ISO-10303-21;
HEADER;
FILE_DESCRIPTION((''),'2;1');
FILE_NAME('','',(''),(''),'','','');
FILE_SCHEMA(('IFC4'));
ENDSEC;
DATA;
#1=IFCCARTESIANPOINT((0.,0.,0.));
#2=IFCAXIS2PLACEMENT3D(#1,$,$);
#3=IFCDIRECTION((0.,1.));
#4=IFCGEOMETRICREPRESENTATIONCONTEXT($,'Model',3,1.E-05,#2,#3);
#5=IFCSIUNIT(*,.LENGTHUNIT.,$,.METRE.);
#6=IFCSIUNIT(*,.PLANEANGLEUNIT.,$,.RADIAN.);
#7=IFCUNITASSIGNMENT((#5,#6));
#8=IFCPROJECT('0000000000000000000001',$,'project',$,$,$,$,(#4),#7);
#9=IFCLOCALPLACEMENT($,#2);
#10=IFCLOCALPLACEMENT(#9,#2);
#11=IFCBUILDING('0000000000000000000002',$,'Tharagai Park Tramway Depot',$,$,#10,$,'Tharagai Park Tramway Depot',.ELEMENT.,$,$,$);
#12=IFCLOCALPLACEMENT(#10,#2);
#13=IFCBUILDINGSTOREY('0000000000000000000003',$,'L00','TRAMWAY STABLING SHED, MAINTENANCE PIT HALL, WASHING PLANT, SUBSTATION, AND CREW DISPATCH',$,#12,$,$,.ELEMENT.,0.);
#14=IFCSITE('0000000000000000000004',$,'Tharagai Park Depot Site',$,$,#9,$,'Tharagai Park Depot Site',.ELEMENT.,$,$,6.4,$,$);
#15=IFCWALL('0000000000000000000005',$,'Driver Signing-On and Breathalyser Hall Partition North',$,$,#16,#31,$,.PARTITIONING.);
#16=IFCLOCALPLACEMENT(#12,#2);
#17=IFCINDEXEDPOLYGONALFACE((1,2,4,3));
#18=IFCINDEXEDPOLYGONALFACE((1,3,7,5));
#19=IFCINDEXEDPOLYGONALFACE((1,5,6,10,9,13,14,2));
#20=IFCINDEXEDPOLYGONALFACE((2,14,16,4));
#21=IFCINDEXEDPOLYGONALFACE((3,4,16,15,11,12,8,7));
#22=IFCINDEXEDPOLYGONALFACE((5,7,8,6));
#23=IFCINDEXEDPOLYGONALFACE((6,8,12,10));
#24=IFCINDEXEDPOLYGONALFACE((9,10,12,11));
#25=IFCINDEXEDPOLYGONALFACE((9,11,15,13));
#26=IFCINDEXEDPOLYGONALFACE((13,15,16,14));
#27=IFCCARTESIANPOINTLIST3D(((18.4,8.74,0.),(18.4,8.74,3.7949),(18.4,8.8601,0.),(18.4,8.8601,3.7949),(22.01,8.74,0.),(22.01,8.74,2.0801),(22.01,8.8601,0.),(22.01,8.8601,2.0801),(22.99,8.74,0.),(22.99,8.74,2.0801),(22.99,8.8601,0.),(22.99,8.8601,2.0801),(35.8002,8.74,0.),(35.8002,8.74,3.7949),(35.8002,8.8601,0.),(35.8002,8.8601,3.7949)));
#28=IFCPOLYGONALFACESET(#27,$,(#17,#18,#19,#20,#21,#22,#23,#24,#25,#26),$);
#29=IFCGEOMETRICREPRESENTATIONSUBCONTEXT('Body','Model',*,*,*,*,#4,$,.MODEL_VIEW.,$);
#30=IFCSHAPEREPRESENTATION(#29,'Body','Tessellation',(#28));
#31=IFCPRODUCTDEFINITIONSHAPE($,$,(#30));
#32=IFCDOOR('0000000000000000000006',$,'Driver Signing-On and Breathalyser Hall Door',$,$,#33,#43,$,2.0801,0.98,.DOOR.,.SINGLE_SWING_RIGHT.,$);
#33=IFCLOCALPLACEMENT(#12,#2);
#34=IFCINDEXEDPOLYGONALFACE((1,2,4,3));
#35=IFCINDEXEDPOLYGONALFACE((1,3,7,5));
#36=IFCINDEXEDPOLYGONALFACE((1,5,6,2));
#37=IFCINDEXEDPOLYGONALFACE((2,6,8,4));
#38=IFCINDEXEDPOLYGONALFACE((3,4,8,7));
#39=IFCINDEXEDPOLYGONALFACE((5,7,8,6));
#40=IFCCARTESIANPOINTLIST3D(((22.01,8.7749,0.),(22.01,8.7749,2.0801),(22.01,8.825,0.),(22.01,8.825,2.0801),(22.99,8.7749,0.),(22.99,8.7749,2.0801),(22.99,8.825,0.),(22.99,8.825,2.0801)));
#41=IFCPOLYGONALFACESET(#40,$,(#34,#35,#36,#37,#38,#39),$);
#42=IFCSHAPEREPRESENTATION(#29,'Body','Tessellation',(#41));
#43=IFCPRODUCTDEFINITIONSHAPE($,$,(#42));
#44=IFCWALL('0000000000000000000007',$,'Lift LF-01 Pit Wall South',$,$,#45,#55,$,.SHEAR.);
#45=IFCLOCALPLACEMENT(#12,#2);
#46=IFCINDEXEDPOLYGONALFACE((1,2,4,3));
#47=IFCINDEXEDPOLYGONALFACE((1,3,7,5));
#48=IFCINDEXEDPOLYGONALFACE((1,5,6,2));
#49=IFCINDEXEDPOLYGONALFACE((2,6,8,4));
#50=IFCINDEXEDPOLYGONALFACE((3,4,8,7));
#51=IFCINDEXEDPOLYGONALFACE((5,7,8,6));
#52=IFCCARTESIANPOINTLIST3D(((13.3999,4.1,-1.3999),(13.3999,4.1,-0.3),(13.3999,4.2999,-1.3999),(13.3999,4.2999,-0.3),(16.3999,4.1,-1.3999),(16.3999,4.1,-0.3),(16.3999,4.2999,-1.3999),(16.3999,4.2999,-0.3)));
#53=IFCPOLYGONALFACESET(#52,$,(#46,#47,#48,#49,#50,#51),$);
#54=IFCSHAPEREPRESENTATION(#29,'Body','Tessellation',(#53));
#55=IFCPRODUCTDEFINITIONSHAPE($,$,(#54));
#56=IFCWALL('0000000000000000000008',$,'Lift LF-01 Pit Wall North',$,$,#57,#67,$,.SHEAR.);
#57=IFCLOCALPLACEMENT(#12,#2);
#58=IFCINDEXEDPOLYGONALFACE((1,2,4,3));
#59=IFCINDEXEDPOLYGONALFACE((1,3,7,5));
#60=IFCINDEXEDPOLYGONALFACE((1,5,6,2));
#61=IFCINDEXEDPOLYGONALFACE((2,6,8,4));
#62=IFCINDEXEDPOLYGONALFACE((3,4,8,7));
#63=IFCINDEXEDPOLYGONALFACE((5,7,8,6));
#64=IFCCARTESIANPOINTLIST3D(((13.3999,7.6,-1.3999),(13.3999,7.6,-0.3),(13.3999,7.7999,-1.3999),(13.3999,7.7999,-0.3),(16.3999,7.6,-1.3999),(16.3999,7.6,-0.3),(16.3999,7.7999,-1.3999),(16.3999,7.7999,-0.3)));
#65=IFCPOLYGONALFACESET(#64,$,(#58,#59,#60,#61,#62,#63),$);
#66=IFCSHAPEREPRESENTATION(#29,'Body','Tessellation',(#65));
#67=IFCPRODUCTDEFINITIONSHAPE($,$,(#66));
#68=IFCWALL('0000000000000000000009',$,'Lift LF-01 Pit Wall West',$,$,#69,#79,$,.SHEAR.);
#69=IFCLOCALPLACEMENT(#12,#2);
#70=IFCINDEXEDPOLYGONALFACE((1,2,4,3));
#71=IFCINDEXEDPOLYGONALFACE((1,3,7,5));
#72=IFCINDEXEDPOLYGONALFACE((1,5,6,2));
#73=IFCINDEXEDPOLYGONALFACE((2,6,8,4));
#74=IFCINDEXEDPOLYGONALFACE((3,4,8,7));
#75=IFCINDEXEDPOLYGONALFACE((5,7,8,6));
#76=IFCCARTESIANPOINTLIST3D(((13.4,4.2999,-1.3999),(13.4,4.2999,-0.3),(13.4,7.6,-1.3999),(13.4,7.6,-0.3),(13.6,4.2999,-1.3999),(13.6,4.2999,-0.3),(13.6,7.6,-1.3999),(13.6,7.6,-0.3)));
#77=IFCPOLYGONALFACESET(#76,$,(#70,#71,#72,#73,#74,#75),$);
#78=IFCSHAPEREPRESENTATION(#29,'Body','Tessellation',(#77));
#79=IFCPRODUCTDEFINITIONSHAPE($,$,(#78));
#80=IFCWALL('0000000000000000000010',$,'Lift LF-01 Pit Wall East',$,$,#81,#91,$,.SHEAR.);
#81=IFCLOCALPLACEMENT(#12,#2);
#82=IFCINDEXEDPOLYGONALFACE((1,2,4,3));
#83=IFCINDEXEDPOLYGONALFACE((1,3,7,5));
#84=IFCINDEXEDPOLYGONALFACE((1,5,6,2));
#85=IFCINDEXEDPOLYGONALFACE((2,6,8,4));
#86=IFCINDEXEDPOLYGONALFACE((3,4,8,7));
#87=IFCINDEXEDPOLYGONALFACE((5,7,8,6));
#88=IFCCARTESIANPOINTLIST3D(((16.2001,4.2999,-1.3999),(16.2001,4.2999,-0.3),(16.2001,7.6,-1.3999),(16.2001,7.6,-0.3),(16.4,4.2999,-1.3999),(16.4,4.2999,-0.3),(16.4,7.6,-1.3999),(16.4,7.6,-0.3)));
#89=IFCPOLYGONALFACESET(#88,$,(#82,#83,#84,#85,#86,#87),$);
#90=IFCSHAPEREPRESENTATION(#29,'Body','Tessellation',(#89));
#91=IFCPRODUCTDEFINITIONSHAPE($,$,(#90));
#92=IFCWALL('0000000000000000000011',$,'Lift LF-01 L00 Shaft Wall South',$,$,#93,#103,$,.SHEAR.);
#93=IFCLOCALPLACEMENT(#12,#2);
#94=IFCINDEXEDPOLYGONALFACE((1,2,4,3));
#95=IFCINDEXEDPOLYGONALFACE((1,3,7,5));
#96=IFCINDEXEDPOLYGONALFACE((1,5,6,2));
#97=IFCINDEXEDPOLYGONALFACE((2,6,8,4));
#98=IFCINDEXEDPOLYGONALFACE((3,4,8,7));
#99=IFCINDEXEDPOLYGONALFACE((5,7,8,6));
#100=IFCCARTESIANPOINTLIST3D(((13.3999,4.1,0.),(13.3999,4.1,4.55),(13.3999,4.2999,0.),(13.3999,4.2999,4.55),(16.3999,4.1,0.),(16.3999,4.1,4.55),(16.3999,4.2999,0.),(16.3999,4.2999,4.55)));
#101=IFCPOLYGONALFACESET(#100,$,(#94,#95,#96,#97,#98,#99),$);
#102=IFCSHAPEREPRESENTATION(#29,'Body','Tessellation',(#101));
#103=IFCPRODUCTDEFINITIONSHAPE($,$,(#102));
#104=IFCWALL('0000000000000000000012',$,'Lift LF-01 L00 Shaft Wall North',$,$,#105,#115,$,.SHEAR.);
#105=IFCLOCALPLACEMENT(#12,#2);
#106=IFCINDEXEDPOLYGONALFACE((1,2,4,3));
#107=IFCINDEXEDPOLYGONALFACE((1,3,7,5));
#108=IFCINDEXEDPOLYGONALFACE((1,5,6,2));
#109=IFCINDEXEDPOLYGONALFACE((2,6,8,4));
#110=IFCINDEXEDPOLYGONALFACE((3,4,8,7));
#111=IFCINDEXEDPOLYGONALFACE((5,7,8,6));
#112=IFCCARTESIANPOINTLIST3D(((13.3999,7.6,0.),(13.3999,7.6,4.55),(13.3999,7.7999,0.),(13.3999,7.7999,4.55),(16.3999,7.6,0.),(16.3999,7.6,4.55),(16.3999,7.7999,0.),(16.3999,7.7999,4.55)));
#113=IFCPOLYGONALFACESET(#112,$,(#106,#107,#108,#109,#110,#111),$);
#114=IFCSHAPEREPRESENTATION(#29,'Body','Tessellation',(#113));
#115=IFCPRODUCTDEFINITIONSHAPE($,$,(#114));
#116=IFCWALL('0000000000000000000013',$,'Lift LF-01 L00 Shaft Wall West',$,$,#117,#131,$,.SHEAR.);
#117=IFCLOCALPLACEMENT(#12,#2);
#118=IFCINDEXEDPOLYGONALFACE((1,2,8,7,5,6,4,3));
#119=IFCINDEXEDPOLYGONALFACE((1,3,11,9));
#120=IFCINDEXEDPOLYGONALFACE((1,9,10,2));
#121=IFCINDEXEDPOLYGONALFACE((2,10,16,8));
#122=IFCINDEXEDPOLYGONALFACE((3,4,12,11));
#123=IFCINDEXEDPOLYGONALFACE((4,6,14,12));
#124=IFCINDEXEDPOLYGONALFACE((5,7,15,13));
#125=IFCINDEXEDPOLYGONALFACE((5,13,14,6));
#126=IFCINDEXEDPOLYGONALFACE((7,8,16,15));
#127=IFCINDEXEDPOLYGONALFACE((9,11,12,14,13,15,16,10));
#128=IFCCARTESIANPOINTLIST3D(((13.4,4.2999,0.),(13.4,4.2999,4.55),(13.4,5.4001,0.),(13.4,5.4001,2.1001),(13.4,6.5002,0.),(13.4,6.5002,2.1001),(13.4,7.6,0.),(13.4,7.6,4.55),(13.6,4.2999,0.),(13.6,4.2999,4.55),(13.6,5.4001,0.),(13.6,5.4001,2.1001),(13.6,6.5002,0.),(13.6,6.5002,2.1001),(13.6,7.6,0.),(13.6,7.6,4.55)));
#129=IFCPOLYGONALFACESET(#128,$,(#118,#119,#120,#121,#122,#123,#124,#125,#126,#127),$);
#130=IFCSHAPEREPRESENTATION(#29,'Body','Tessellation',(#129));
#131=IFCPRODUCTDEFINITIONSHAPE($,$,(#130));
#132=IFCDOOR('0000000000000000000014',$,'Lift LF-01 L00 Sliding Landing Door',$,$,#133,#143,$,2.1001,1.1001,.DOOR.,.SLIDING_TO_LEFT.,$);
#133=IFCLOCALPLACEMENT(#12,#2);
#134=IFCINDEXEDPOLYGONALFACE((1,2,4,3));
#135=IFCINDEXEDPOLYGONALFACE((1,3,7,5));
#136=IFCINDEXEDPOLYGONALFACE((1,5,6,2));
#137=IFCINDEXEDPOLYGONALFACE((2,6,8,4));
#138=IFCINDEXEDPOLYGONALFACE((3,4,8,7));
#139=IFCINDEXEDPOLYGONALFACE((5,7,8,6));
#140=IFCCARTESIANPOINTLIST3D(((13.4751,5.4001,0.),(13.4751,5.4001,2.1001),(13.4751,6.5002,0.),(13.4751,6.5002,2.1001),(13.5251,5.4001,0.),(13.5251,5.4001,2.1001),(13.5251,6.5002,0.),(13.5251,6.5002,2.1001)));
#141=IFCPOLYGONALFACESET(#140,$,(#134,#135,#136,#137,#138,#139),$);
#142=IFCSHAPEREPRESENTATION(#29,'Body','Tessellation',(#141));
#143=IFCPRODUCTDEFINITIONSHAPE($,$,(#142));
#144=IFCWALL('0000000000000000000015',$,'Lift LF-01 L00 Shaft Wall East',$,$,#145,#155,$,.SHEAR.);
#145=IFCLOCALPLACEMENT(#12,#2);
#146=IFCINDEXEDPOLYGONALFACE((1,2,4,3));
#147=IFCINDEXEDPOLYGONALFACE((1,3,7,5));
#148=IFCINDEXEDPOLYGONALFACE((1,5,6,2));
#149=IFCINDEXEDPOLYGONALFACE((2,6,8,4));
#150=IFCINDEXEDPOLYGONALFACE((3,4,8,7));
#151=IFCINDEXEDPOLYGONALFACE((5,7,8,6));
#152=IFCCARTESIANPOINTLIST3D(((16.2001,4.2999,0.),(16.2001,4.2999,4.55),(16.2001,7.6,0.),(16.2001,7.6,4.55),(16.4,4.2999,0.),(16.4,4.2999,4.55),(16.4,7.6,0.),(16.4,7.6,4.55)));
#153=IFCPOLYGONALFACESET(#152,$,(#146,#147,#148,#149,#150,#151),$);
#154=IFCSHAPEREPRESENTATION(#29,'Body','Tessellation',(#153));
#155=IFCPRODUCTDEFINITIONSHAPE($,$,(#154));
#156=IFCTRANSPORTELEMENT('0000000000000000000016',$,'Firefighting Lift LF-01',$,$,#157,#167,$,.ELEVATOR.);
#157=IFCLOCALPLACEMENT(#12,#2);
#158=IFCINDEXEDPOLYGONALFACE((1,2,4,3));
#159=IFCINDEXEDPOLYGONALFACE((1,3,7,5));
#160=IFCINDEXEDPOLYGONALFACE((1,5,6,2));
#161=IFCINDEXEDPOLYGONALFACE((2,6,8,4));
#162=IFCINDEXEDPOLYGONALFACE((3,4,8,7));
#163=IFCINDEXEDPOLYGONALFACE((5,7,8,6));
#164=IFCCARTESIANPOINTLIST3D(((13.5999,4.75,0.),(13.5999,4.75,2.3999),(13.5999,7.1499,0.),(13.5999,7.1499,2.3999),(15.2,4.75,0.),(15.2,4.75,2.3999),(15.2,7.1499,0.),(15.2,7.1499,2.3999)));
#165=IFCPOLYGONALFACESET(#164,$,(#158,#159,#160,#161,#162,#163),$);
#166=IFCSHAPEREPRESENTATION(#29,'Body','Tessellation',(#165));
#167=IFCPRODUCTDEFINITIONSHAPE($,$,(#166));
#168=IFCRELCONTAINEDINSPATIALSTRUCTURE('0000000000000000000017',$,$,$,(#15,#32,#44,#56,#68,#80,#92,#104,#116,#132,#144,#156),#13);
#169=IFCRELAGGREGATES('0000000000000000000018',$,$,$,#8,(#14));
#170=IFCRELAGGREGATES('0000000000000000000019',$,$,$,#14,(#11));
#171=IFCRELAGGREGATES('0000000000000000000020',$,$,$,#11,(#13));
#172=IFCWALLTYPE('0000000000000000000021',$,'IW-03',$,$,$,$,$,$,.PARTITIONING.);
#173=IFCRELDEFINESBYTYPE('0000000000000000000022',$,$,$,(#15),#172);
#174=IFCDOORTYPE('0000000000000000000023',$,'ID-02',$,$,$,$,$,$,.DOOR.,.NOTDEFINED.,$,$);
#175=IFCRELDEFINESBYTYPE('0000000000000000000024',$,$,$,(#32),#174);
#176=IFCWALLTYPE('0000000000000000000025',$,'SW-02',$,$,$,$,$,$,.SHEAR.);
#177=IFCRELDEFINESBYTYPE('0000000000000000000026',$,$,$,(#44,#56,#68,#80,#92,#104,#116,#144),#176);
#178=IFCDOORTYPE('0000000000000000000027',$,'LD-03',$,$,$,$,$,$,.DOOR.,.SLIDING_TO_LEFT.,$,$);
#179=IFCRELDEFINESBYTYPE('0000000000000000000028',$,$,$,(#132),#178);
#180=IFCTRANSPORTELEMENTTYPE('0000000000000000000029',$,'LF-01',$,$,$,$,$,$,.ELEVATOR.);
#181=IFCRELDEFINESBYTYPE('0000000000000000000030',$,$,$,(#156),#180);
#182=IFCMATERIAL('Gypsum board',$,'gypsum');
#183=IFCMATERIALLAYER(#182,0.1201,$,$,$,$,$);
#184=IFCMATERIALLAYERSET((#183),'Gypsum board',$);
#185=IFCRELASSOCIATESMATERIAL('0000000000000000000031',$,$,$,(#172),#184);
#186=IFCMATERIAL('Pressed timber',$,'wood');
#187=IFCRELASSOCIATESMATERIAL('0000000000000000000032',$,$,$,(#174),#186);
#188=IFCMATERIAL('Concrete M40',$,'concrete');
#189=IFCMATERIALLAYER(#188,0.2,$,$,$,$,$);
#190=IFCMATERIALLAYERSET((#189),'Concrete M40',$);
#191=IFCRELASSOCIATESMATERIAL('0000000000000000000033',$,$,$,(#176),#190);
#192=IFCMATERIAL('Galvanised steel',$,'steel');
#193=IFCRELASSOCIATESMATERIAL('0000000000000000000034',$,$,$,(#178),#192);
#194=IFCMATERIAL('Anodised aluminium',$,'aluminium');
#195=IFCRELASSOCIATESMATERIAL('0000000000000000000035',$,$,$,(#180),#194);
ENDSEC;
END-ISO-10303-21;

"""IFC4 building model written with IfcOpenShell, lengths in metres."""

from ifc_helpers import new_model, si_unit, direction, frame, frame_2d, origin, origin_2d, place, context, subcontext, project, spatial, rectangle, extrude, material, layer, layer_set, type_object, element, fill, save


model = new_model("IFC4")

# Units and contexts
model_context = context("Model", 3, precision=1e-05, world=origin(), true_north=direction((0.0, 1.0)))
body_context = subcontext(model_context, "Body", "Model", "MODEL_VIEW")
ifc_project = project(units=[si_unit("LENGTHUNIT", "METRE"), si_unit("PLANEANGLEUNIT", "RADIAN")], contexts=[model_context])

# Site, building, storey
site_placement = place(None, origin())
site = spatial("IfcSite", under=ifc_project, at=site_placement, Name="Tharagai Park Depot Site", LongName="Tharagai Park Depot Site", CompositionType="ELEMENT", RefElevation=6.4)
building_placement = place(site_placement, origin())
building = spatial("IfcBuilding", under=site, at=building_placement, Name="Tharagai Park Tramway Depot", LongName="Tharagai Park Tramway Depot", CompositionType="ELEMENT")
storey_placement = place(building_placement, origin())
storey = spatial("IfcBuildingStorey", under=building, at=storey_placement, Name="L00", Description="TRAMWAY STABLING SHED, MAINTENANCE PIT HALL, WASHING PLANT, SUBSTATION, AND CREW DISPATCH", CompositionType="ELEMENT", Elevation=0.0)

# Shared definitions
ifc_material_1 = material(Name="Concrete M40", Category="concrete")

# Shared definitions
ifc_material_2 = material(Name="Galvanised steel", Category="steel")

# Wall, opening, door
ifc_material_3 = material(Name="Gypsum board", Category="gypsum")
ifc_layer_1 = layer(ifc_material_3, 0.1201)
ifc_layer_set_1 = layer_set([ifc_layer_1], Name="Gypsum board")
wall_type_1 = type_object("IfcWallType", Name="IW-03", PredefinedType="PARTITIONING", material=ifc_layer_set_1)
wall_1_placement = place(storey_placement, frame((18.3999, 8.8, 0.0), z_axis=(0.0, 0.0, 1.0), x_axis=(1.0, 0.0, 0.0)))
wall_1 = element("IfcWall", 1, at=wall_1_placement, inside=storey, type_object=wall_type_1, Name="Driver Signing-On and Breathalyser Hall Partition North", PredefinedType="PARTITIONING", context=body_context, shape_type="SweptSolid", body=[
    extrude(rectangle(XDim=17.4001, YDim=0.1201, at=frame_2d((8.7002, 0.0))), origin(), (0.0, 0.0, 1.0), 3.7949),
])
opening_1_placement = place(wall_1_placement, frame((3.6101, 0.0, 0.0)))
opening_1 = element("IfcOpeningElement", 2, at=opening_1_placement, cuts=wall_1, PredefinedType="OPENING", context=body_context, shape_type="SweptSolid", body=[
    extrude(rectangle(XDim=0.98, YDim=2.0801, at=frame_2d((0.49, 1.04))), frame((0.0, 0.0701, 0.0), z_axis=(0.0, -1.0, 0.0), x_axis=(1.0, 0.0, 0.0)), (0.0, 0.0, 1.0), 0.1401),
])
ifc_material_4 = material(Name="Pressed timber", Category="wood")
door_type_1 = type_object("IfcDoorType", Name="ID-02", OperationType="NOTDEFINED", PredefinedType="DOOR", material=ifc_material_4)
door_1_placement = place(opening_1_placement, origin())
door_1 = element("IfcDoor", 3, at=door_1_placement, inside=storey, type_object=door_type_1, Name="Driver Signing-On and Breathalyser Hall Door", OperationType="SINGLE_SWING_RIGHT", OverallHeight=2.0801, OverallWidth=0.98, PredefinedType="DOOR", context=body_context, shape_type="SweptSolid", body=[
    extrude(rectangle(XDim=0.98, YDim=2.0801, at=frame_2d((0.49, 1.04))), frame((0.0, 0.0249, 0.0), z_axis=(0.0, -1.0, 0.0), x_axis=(1.0, 0.0, 0.0)), (0.0, 0.0, 1.0), 0.05),
])
fill(opening_1, door_1)

# Walls
ifc_layer_2 = layer(ifc_material_1, 0.2)
ifc_layer_set_2 = layer_set([ifc_layer_2], Name="Concrete M40")
wall_type_2 = type_object("IfcWallType", Name="SW-02", PredefinedType="SHEAR", material=ifc_layer_set_2)
for number, where, z_axis, x_axis, name in (
    (4, (13.3999, 4.2, -1.3999), (0.0, 0.0, 1.0), (1.0, 0.0, 0.0), "Lift LF-01 Pit Wall South"),
    (5, (13.3999, 7.7, -1.3999), (0.0, 0.0, 1.0), (1.0, 0.0, 0.0), "Lift LF-01 Pit Wall North"),
):
    element("IfcWall", number, at=place(storey_placement, frame(where, z_axis=z_axis, x_axis=x_axis)), inside=storey, type_object=wall_type_2, Name=name, PredefinedType="SHEAR", context=body_context, shape_type="SweptSolid", body=[
        extrude(rectangle(XDim=3.0, YDim=0.2, at=frame_2d((1.5, 0.0))), origin(), (0.0, 0.0, 1.0), 1.0999),
    ])
for number, where, z_axis, x_axis, name in (
    (6, (13.5, 4.3, -1.3999), (0.0, 0.0, 1.0), (0.0, 1.0, 0.0), "Lift LF-01 Pit Wall West"),
    (7, (16.3, 4.3, -1.3999), (0.0, 0.0, 1.0), (0.0, 1.0, 0.0), "Lift LF-01 Pit Wall East"),
):
    element("IfcWall", number, at=place(storey_placement, frame(where, z_axis=z_axis, x_axis=x_axis)), inside=storey, type_object=wall_type_2, Name=name, PredefinedType="SHEAR", context=body_context, shape_type="SweptSolid", body=[
        extrude(rectangle(XDim=3.3, YDim=0.2, at=frame_2d((1.6499, 0.0))), origin(), (0.0, 0.0, 1.0), 1.0999),
    ])
for number, where, z_axis, x_axis, name in (
    (8, (13.3999, 4.2, 0.0), (0.0, 0.0, 1.0), (1.0, 0.0, 0.0), "Lift LF-01 L00 Shaft Wall South"),
    (9, (13.3999, 7.7, 0.0), (0.0, 0.0, 1.0), (1.0, 0.0, 0.0), "Lift LF-01 L00 Shaft Wall North"),
):
    element("IfcWall", number, at=place(storey_placement, frame(where, z_axis=z_axis, x_axis=x_axis)), inside=storey, type_object=wall_type_2, Name=name, PredefinedType="SHEAR", context=body_context, shape_type="SweptSolid", body=[
        extrude(rectangle(XDim=3.0, YDim=0.2, at=frame_2d((1.5, 0.0))), origin(), (0.0, 0.0, 1.0), 4.55),
    ])

# Wall, opening, door
wall_2_placement = place(storey_placement, frame((13.5, 4.3, 0.0), z_axis=(0.0, 0.0, 1.0), x_axis=(0.0, 1.0, 0.0)))
wall_2 = element("IfcWall", 10, at=wall_2_placement, inside=storey, type_object=wall_type_2, Name="Lift LF-01 L00 Shaft Wall West", PredefinedType="SHEAR", context=body_context, shape_type="SweptSolid", body=[
    extrude(rectangle(XDim=3.3, YDim=0.2, at=frame_2d((1.6499, 0.0))), origin(), (0.0, 0.0, 1.0), 4.55),
])
opening_2_placement = place(wall_2_placement, frame((1.1001, 0.0, 0.0)))
opening_2 = element("IfcOpeningElement", 11, at=opening_2_placement, cuts=wall_2, PredefinedType="OPENING", context=body_context, shape_type="SweptSolid", body=[
    extrude(rectangle(XDim=1.1001, YDim=2.1001, at=frame_2d((0.55, 1.05))), frame((0.0, 0.1099, 0.0), z_axis=(0.0, -1.0, 0.0), x_axis=(1.0, 0.0, 0.0)), (0.0, 0.0, 1.0), 0.22),
])
door_type_2 = type_object("IfcDoorType", Name="LD-03", OperationType="SLIDING_TO_LEFT", PredefinedType="DOOR", material=ifc_material_2)
door_2_placement = place(opening_2_placement, origin())
door_2 = element("IfcDoor", 12, at=door_2_placement, inside=storey, type_object=door_type_2, Name="Lift LF-01 L00 Sliding Landing Door", OperationType="SLIDING_TO_LEFT", OverallHeight=2.1001, OverallWidth=1.1001, PredefinedType="DOOR", context=body_context, shape_type="SweptSolid", body=[
    extrude(rectangle(XDim=1.1001, YDim=2.1001, at=frame_2d((0.55, 1.05))), frame((0.0, 0.0249, 0.0), z_axis=(0.0, -1.0, 0.0), x_axis=(1.0, 0.0, 0.0)), (0.0, 0.0, 1.0), 0.05),
])
fill(opening_2, door_2)

# Wall
wall_3_placement = place(storey_placement, frame((16.3, 4.3, 0.0), z_axis=(0.0, 0.0, 1.0), x_axis=(0.0, 1.0, 0.0)))
element("IfcWall", 13, at=wall_3_placement, inside=storey, type_object=wall_type_2, Name="Lift LF-01 L00 Shaft Wall East", PredefinedType="SHEAR", context=body_context, shape_type="SweptSolid", body=[
    extrude(rectangle(XDim=3.3, YDim=0.2, at=frame_2d((1.6499, 0.0))), origin(), (0.0, 0.0, 1.0), 4.55),
])

# Transport element
ifc_material_5 = material(Name="Anodised aluminium", Category="aluminium")
transport_element_type = type_object("IfcTransportElementType", Name="LF-01", PredefinedType="ELEVATOR", material=ifc_material_5)
transport_element_placement = place(storey_placement, frame((14.3999, 5.95, 0.0), z_axis=(0.0, 0.0, 1.0), x_axis=(1.0, 0.0, 0.0)))
element("IfcTransportElement", 14, at=transport_element_placement, inside=storey, type_object=transport_element_type, Name="Firefighting Lift LF-01", PredefinedType="ELEVATOR", context=body_context, shape_type="SweptSolid", body=[
    extrude(rectangle(XDim=1.6001, YDim=2.3999, at=origin_2d()), origin(), (0.0, 0.0, 1.0), 2.3999),
])

save(model, "model.ifc")
